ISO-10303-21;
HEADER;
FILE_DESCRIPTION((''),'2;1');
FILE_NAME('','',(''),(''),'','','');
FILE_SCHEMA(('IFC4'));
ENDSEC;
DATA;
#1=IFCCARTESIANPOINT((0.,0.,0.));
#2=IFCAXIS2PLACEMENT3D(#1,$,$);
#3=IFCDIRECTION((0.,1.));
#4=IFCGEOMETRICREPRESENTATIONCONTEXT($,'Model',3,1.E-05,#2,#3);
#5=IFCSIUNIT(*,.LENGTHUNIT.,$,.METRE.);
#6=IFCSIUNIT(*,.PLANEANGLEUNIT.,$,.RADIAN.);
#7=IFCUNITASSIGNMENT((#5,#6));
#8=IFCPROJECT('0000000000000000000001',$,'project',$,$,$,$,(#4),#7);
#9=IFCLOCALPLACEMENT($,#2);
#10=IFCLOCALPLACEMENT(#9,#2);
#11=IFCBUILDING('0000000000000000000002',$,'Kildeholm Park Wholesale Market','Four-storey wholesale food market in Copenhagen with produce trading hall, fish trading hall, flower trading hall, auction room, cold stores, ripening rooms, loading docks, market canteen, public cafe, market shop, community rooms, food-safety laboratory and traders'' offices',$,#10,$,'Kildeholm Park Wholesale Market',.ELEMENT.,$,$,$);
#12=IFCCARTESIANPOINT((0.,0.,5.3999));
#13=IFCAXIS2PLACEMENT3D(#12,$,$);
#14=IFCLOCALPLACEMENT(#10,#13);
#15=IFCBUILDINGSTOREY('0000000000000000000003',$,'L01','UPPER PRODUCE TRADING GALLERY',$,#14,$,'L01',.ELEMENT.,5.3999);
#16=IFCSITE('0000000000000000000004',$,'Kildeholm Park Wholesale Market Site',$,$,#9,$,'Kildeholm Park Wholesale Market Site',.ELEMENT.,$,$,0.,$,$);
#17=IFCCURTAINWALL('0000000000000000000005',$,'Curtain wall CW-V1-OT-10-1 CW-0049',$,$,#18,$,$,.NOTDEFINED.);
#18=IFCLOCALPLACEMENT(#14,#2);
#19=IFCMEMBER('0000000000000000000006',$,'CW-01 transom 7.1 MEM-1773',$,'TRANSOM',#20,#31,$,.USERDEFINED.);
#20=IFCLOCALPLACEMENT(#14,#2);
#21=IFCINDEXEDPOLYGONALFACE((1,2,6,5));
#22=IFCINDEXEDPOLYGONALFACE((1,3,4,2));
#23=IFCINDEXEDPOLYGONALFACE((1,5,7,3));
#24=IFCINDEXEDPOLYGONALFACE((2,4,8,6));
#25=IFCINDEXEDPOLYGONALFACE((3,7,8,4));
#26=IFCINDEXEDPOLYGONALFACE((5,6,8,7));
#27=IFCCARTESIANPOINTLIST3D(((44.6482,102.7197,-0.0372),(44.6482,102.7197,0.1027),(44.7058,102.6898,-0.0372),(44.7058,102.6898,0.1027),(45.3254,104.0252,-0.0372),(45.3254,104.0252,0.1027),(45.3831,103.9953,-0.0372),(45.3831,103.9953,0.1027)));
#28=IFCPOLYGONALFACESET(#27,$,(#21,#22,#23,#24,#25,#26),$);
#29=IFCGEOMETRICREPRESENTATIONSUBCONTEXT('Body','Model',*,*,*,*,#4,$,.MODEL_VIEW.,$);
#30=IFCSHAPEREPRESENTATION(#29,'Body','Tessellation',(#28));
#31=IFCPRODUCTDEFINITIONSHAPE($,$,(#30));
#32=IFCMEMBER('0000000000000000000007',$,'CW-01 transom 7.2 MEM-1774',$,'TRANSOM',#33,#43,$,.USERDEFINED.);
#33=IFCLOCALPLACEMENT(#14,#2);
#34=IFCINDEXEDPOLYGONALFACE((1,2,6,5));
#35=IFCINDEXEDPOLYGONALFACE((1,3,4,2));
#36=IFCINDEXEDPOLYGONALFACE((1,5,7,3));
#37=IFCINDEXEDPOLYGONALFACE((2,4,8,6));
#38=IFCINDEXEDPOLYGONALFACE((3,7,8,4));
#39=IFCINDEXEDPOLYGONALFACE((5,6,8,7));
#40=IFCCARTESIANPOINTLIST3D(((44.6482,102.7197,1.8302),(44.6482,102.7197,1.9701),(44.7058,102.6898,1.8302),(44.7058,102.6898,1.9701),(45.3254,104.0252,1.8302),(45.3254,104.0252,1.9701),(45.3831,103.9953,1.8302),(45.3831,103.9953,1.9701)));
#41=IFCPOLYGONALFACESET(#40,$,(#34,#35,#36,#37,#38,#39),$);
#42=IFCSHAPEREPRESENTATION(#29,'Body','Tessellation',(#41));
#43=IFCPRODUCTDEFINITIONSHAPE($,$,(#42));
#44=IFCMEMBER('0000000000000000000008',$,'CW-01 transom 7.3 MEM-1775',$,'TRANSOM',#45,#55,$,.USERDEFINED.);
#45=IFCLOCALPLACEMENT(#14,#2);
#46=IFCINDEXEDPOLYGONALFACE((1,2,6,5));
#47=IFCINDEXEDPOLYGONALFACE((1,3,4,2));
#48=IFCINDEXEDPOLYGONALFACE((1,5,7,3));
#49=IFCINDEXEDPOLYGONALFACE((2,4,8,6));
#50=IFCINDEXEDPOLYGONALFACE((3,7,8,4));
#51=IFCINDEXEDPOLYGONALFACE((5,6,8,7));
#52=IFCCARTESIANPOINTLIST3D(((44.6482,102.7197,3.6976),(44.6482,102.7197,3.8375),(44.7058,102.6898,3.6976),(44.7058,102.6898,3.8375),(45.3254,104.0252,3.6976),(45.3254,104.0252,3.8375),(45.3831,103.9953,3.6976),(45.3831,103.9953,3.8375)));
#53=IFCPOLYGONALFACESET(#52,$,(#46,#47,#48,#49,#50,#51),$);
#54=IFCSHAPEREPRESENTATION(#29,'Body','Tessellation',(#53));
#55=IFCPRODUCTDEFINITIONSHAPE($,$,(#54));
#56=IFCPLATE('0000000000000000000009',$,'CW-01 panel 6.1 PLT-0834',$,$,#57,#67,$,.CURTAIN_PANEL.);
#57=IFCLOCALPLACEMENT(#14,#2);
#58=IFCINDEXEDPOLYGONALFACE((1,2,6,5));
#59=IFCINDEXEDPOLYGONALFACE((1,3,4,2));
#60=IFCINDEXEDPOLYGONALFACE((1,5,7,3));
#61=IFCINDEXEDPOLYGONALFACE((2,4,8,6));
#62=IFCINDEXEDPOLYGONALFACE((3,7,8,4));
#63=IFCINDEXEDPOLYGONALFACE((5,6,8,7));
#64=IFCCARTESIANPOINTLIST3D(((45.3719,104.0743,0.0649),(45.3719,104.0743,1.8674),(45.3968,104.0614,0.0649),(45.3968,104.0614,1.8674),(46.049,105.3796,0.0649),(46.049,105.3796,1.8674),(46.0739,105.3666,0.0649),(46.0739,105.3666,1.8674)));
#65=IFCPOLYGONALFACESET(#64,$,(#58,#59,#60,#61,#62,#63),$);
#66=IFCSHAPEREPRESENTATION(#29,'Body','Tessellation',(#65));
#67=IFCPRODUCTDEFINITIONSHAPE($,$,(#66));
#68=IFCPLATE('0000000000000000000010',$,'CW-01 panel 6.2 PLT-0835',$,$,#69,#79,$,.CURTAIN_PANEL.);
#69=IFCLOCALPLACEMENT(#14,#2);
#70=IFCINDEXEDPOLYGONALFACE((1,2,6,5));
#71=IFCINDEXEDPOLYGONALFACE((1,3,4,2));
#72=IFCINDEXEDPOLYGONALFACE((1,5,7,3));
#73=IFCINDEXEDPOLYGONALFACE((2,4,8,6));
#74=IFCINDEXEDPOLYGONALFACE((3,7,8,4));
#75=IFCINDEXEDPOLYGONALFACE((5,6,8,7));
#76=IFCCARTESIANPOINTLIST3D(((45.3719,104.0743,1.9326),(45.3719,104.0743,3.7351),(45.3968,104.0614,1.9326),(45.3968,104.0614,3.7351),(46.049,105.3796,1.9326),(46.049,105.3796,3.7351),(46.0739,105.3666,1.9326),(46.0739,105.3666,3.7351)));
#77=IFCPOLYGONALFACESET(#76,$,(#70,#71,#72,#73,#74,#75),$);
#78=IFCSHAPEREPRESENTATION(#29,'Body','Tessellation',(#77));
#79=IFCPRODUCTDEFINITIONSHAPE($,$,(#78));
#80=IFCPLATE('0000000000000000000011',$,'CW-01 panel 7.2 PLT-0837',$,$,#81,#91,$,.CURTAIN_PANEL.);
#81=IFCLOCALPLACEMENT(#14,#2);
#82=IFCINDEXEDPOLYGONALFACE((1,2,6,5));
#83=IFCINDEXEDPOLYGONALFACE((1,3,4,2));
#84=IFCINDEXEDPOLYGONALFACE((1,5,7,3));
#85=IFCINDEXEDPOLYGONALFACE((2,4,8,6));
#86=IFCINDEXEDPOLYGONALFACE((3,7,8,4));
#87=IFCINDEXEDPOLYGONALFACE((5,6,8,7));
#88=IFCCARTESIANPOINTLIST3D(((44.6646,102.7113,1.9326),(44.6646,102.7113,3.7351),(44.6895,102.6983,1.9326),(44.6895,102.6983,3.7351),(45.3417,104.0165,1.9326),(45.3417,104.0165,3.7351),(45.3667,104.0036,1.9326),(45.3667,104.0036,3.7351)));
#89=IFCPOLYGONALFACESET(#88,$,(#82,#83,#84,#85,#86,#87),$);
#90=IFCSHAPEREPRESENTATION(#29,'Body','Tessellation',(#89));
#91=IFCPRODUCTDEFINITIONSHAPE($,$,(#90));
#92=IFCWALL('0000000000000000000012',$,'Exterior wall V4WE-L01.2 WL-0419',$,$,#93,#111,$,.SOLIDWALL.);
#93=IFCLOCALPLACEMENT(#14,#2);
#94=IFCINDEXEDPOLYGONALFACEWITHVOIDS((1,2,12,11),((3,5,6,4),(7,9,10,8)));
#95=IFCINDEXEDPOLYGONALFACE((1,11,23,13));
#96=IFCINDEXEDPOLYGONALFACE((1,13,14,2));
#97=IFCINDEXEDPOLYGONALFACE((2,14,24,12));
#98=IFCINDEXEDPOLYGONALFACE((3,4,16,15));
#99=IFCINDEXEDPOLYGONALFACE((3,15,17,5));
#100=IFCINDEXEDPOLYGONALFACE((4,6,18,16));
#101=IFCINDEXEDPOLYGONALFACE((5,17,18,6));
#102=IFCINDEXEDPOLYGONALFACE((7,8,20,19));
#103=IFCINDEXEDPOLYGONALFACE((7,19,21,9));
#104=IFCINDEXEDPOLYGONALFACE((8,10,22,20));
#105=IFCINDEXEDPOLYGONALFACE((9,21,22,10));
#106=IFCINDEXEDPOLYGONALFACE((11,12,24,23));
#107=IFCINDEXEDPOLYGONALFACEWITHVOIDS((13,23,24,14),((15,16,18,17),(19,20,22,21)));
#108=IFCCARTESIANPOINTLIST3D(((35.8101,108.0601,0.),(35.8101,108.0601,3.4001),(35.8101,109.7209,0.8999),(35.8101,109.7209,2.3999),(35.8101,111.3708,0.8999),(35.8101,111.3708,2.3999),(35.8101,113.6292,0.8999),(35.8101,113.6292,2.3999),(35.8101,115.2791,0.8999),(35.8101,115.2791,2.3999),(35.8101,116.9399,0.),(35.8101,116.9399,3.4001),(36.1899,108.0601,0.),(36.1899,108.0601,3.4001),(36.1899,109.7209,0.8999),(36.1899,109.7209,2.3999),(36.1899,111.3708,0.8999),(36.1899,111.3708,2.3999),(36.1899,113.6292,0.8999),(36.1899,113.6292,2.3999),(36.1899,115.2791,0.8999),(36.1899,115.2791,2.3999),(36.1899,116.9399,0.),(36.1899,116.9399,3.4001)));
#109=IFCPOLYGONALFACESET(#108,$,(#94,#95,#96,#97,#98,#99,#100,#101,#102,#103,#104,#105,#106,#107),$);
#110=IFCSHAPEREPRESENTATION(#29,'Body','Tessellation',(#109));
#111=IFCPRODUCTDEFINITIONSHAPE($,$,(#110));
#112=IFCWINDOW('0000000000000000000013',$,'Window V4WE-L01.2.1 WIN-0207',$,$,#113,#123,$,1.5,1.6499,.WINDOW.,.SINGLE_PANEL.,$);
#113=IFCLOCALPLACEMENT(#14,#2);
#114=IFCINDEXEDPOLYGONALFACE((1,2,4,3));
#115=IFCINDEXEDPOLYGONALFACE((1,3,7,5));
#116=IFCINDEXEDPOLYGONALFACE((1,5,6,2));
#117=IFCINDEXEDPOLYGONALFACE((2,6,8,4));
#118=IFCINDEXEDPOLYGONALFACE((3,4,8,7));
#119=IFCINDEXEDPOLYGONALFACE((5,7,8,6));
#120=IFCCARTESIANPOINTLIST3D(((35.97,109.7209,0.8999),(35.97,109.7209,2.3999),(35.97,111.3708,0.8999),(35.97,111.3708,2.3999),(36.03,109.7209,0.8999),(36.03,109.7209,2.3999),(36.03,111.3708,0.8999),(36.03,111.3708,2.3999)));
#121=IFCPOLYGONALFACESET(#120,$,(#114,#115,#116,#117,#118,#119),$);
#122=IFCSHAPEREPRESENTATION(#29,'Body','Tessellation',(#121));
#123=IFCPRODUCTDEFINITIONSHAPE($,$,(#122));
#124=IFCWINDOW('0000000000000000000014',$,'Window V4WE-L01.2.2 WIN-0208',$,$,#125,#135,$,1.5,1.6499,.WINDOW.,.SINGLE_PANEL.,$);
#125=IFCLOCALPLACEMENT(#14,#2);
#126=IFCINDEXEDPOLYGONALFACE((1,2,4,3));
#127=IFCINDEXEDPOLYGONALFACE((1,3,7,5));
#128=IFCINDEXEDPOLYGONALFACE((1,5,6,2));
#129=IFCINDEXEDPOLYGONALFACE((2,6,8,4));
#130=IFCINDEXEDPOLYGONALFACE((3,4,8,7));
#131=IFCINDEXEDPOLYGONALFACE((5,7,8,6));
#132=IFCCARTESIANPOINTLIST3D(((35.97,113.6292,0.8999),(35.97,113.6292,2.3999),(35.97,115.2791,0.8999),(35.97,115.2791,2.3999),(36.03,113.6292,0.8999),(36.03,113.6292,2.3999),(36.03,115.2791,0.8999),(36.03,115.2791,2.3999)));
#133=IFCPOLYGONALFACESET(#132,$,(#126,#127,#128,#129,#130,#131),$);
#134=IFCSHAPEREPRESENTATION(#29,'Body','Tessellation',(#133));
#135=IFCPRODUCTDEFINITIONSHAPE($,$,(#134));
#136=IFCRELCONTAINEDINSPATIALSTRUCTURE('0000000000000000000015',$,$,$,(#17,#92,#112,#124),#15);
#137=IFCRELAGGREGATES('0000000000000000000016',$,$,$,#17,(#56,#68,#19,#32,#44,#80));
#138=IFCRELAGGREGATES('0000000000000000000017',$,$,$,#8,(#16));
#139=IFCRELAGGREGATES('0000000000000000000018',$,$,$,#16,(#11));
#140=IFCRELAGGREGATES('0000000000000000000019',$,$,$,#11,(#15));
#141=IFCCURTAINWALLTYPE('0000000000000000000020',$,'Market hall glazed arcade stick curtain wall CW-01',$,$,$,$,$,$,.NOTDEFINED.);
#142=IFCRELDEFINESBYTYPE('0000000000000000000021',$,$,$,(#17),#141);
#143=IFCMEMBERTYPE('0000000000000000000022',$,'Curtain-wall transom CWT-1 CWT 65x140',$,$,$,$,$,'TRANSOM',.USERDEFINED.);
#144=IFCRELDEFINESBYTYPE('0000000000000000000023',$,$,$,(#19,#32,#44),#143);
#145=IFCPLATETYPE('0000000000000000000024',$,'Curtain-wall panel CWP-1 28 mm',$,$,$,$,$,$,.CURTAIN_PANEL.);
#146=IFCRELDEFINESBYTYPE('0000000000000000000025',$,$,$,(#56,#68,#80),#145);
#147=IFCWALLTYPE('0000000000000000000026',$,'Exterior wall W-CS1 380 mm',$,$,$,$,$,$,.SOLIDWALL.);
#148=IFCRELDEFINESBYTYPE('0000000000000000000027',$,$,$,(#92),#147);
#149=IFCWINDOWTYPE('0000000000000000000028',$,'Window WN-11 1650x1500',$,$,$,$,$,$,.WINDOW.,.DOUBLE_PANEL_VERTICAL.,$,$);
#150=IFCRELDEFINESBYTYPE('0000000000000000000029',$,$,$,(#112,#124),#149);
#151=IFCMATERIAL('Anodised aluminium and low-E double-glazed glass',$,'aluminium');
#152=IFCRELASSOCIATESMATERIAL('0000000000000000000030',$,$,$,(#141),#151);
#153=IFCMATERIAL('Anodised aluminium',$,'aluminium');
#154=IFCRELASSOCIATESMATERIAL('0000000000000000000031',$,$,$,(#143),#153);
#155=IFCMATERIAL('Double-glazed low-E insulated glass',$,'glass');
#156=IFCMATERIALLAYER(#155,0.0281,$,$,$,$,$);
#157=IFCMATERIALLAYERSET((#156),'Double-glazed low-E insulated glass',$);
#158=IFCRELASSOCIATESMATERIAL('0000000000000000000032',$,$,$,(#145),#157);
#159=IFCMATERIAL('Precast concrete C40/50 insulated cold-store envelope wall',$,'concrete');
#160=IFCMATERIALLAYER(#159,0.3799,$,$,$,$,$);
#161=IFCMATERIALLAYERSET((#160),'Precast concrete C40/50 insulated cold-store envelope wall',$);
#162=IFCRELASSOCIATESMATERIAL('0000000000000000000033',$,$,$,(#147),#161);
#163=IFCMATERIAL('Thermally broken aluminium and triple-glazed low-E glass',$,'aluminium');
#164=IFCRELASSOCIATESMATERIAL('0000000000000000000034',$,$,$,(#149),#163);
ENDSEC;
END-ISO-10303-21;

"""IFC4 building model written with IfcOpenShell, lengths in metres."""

from ifc_helpers import new_model, si_unit, direction, frame, frame_2d, origin, origin_2d, place, context, subcontext, project, spatial, rectangle, extrude, material, layer, layer_set, material_profile, profile_set, type_object, element, fill, aggregate, save


model = new_model("IFC4")

# Units and contexts
model_context = context("Model", 3, precision=1e-05, world=origin(), true_north=direction((0.0, 1.0)))
body_context = subcontext(model_context, "Body", "Model", "MODEL_VIEW")
ifc_project = project(units=[si_unit("LENGTHUNIT", "METRE"), si_unit("PLANEANGLEUNIT", "RADIAN")], contexts=[model_context])

# Site, building, storey
site_placement = place(None, origin())
site = spatial("IfcSite", under=ifc_project, at=site_placement, Name="Kildeholm Park Wholesale Market Site", LongName="Kildeholm Park Wholesale Market Site", CompositionType="ELEMENT", RefElevation=0.0)
building_placement = place(site_placement, origin())
building = spatial("IfcBuilding", under=site, at=building_placement, Name="Kildeholm Park Wholesale Market", Description="Four-storey wholesale food market in Copenhagen with produce trading hall, fish trading hall, flower trading hall, auction room, cold stores, ripening rooms, loading docks, market canteen, public cafe, market shop, community rooms, food-safety laboratory and traders' offices", LongName="Kildeholm Park Wholesale Market", CompositionType="ELEMENT")
storey_placement = place(building_placement, frame((0.0, 0.0, 5.3999)))
storey = spatial("IfcBuildingStorey", under=building, at=storey_placement, Name="L01", Description="UPPER PRODUCE TRADING GALLERY", LongName="L01", CompositionType="ELEMENT", Elevation=5.3999)

# Curtain wall, members, plates
ifc_material_1 = material(Name="Anodised aluminium and low-E double-glazed glass", Category="aluminium")
curtain_wall_type = type_object("IfcCurtainWallType", Name="Market hall glazed arcade stick curtain wall CW-01", PredefinedType="NOTDEFINED", material=ifc_material_1)
curtain_wall_placement = place(storey_placement, origin())
curtain_wall = element("IfcCurtainWall", 1, at=curtain_wall_placement, inside=storey, type_object=curtain_wall_type, Name="Curtain wall CW-V1-OT-10-1 CW-0049", PredefinedType="NOTDEFINED")
ifc_material_2 = material(Name="Anodised aluminium", Category="aluminium")
ifc_material_profile_1 = material_profile(ifc_material_2, rectangle(XDim=0.0649, YDim=0.1399, at=origin_2d()), Name="CWT 65x140")
ifc_profile_set_1 = profile_set([ifc_material_profile_1], Name="Anodised aluminium")
member_type_1 = type_object("IfcMemberType", Name="Curtain-wall transom CWT-1 CWT 65x140", ElementType="TRANSOM", PredefinedType="USERDEFINED", material=ifc_profile_set_1)
member_1_placement = place(storey_placement, frame((45.3542, 104.0103, 0.0327), z_axis=(-0.460511, -0.887654, 0.0), x_axis=(0.887654, -0.460511, 0.0)))
member_1 = element("IfcMember", 2, at=member_1_placement, type_object=member_type_1, Name="CW-01 transom 7.1 MEM-1773", ObjectType="TRANSOM", PredefinedType="USERDEFINED", context=body_context, shape_type="SweptSolid", body=[
    extrude(rectangle(XDim=0.0649, YDim=0.1399, at=origin_2d()), origin(), (0.0, 0.0, 1.0), 1.4707),
])
member_2_placement = place(storey_placement, frame((45.3542, 104.0103, 1.9001), z_axis=(-0.460511, -0.887654, 0.0), x_axis=(0.887654, -0.460511, 0.0)))
member_2 = element("IfcMember", 3, at=member_2_placement, type_object=member_type_1, Name="CW-01 transom 7.2 MEM-1774", ObjectType="TRANSOM", PredefinedType="USERDEFINED", context=body_context, shape_type="SweptSolid", body=[
    extrude(rectangle(XDim=0.0649, YDim=0.1399, at=origin_2d()), origin(), (0.0, 0.0, 1.0), 1.4707),
])
member_3_placement = place(storey_placement, frame((45.3542, 104.0103, 3.7676), z_axis=(-0.460511, -0.887654, 0.0), x_axis=(0.887654, -0.460511, 0.0)))
member_3 = element("IfcMember", 4, at=member_3_placement, type_object=member_type_1, Name="CW-01 transom 7.3 MEM-1775", ObjectType="TRANSOM", PredefinedType="USERDEFINED", context=body_context, shape_type="SweptSolid", body=[
    extrude(rectangle(XDim=0.0649, YDim=0.1399, at=origin_2d()), origin(), (0.0, 0.0, 1.0), 1.4707),
])
ifc_material_3 = material(Name="Double-glazed low-E insulated glass", Category="glass")
ifc_layer_1 = layer(ifc_material_3, 0.0281)
ifc_layer_set_1 = layer_set([ifc_layer_1], Name="Double-glazed low-E insulated glass")
plate_type = type_object("IfcPlateType", Name="Curtain-wall panel CWP-1 28 mm", PredefinedType="CURTAIN_PANEL", material=ifc_layer_set_1)
plate_1_placement = place(storey_placement, frame((45.7229, 104.7205, 0.0649), z_axis=(0.0, 0.0, 1.0), x_axis=(-0.460514, -0.887652, 0.0)))
plate_1 = element("IfcPlate", 5, at=plate_1_placement, type_object=plate_type, Name="CW-01 panel 6.1 PLT-0834", PredefinedType="CURTAIN_PANEL", context=body_context, shape_type="SweptSolid", body=[
    extrude(rectangle(XDim=1.4705, YDim=0.0281, at=origin_2d()), origin(), (0.0, 0.0, 1.0), 1.8025),
])
plate_2_placement = place(storey_placement, frame((45.7229, 104.7205, 1.9326), z_axis=(0.0, 0.0, 1.0), x_axis=(-0.460514, -0.887652, 0.0)))
plate_2 = element("IfcPlate", 6, at=plate_2_placement, type_object=plate_type, Name="CW-01 panel 6.2 PLT-0835", PredefinedType="CURTAIN_PANEL", context=body_context, shape_type="SweptSolid", body=[
    extrude(rectangle(XDim=1.4705, YDim=0.0281, at=origin_2d()), origin(), (0.0, 0.0, 1.0), 1.8025),
])
plate_3_placement = place(storey_placement, frame((45.0156, 103.3574, 1.9326), z_axis=(0.0, 0.0, 1.0), x_axis=(-0.460514, -0.887652, 0.0)))
plate_3 = element("IfcPlate", 7, at=plate_3_placement, type_object=plate_type, Name="CW-01 panel 7.2 PLT-0837", PredefinedType="CURTAIN_PANEL", context=body_context, shape_type="SweptSolid", body=[
    extrude(rectangle(XDim=1.4705, YDim=0.0281, at=origin_2d()), origin(), (0.0, 0.0, 1.0), 1.8025),
])
aggregate(curtain_wall, [plate_1, plate_2, member_1, member_2, member_3, plate_3])

# Wall, openings, windows
ifc_material_4 = material(Name="Precast concrete C40/50 insulated cold-store envelope wall", Category="concrete")
ifc_layer_2 = layer(ifc_material_4, 0.3799)
ifc_layer_set_2 = layer_set([ifc_layer_2], Name="Precast concrete C40/50 insulated cold-store envelope wall")
wall_type = type_object("IfcWallType", Name="Exterior wall W-CS1 380 mm", PredefinedType="SOLIDWALL", material=ifc_layer_set_2)
wall_1_placement = place(storey_placement, frame((36.0, 108.0601, 0.0), z_axis=(0.0, 0.0, 1.0), x_axis=(0.0, 1.0, 0.0)))
wall_1 = element("IfcWall", 8, at=wall_1_placement, inside=storey, type_object=wall_type, Name="Exterior wall V4WE-L01.2 WL-0419", PredefinedType="SOLIDWALL", context=body_context, shape_type="SweptSolid", body=[
    extrude(rectangle(XDim=8.8799, YDim=0.3799, at=frame_2d((4.4399, 0.0))), origin(), (0.0, 0.0, 1.0), 3.4001),
])
opening_1_placement = place(wall_1_placement, frame((1.6609, 0.0, 0.8999)))
opening_1 = element("IfcOpeningElement", 9, at=opening_1_placement, cuts=wall_1, PredefinedType="OPENING", context=body_context, shape_type="SweptSolid", body=[
    extrude(rectangle(XDim=1.6499, YDim=1.5, at=frame_2d((0.825, 0.75))), frame((0.0, 0.2, 0.0), z_axis=(0.0, -1.0, 0.0), x_axis=(1.0, 0.0, 0.0)), (0.0, 0.0, 1.0), 0.3999),
])
opening_2_placement = place(wall_1_placement, frame((5.5691, 0.0, 0.8999)))
opening_2 = element("IfcOpeningElement", 10, at=opening_2_placement, cuts=wall_1, PredefinedType="OPENING", context=body_context, shape_type="SweptSolid", body=[
    extrude(rectangle(XDim=1.6499, YDim=1.5, at=frame_2d((0.825, 0.75))), frame((0.0, 0.2, 0.0), z_axis=(0.0, -1.0, 0.0), x_axis=(1.0, 0.0, 0.0)), (0.0, 0.0, 1.0), 0.3999),
])
ifc_material_5 = material(Name="Thermally broken aluminium and triple-glazed low-E glass", Category="aluminium")
window_type = type_object("IfcWindowType", Name="Window WN-11 1650x1500", PartitioningType="DOUBLE_PANEL_VERTICAL", PredefinedType="WINDOW", material=ifc_material_5)
window_1_placement = place(opening_1_placement, origin())
window_1 = element("IfcWindow", 11, at=window_1_placement, inside=storey, type_object=window_type, Name="Window V4WE-L01.2.1 WIN-0207", OverallHeight=1.5, OverallWidth=1.6499, PartitioningType="SINGLE_PANEL", PredefinedType="WINDOW", context=body_context, shape_type="SweptSolid", body=[
    extrude(rectangle(XDim=1.6499, YDim=1.5, at=frame_2d((0.825, 0.75))), frame((0.0, 0.03, 0.0), z_axis=(0.0, -1.0, 0.0), x_axis=(1.0, 0.0, 0.0)), (0.0, 0.0, 1.0), 0.0601),
])
fill(opening_1, window_1)
window_2_placement = place(opening_2_placement, origin())
window_2 = element("IfcWindow", 12, at=window_2_placement, inside=storey, type_object=window_type, Name="Window V4WE-L01.2.2 WIN-0208", OverallHeight=1.5, OverallWidth=1.6499, PartitioningType="SINGLE_PANEL", PredefinedType="WINDOW", context=body_context, shape_type="SweptSolid", body=[
    extrude(rectangle(XDim=1.6499, YDim=1.5, at=frame_2d((0.825, 0.75))), frame((0.0, 0.03, 0.0), z_axis=(0.0, -1.0, 0.0), x_axis=(1.0, 0.0, 0.0)), (0.0, 0.0, 1.0), 0.0601),
])
fill(opening_2, window_2)

save(model, "model.ifc")
